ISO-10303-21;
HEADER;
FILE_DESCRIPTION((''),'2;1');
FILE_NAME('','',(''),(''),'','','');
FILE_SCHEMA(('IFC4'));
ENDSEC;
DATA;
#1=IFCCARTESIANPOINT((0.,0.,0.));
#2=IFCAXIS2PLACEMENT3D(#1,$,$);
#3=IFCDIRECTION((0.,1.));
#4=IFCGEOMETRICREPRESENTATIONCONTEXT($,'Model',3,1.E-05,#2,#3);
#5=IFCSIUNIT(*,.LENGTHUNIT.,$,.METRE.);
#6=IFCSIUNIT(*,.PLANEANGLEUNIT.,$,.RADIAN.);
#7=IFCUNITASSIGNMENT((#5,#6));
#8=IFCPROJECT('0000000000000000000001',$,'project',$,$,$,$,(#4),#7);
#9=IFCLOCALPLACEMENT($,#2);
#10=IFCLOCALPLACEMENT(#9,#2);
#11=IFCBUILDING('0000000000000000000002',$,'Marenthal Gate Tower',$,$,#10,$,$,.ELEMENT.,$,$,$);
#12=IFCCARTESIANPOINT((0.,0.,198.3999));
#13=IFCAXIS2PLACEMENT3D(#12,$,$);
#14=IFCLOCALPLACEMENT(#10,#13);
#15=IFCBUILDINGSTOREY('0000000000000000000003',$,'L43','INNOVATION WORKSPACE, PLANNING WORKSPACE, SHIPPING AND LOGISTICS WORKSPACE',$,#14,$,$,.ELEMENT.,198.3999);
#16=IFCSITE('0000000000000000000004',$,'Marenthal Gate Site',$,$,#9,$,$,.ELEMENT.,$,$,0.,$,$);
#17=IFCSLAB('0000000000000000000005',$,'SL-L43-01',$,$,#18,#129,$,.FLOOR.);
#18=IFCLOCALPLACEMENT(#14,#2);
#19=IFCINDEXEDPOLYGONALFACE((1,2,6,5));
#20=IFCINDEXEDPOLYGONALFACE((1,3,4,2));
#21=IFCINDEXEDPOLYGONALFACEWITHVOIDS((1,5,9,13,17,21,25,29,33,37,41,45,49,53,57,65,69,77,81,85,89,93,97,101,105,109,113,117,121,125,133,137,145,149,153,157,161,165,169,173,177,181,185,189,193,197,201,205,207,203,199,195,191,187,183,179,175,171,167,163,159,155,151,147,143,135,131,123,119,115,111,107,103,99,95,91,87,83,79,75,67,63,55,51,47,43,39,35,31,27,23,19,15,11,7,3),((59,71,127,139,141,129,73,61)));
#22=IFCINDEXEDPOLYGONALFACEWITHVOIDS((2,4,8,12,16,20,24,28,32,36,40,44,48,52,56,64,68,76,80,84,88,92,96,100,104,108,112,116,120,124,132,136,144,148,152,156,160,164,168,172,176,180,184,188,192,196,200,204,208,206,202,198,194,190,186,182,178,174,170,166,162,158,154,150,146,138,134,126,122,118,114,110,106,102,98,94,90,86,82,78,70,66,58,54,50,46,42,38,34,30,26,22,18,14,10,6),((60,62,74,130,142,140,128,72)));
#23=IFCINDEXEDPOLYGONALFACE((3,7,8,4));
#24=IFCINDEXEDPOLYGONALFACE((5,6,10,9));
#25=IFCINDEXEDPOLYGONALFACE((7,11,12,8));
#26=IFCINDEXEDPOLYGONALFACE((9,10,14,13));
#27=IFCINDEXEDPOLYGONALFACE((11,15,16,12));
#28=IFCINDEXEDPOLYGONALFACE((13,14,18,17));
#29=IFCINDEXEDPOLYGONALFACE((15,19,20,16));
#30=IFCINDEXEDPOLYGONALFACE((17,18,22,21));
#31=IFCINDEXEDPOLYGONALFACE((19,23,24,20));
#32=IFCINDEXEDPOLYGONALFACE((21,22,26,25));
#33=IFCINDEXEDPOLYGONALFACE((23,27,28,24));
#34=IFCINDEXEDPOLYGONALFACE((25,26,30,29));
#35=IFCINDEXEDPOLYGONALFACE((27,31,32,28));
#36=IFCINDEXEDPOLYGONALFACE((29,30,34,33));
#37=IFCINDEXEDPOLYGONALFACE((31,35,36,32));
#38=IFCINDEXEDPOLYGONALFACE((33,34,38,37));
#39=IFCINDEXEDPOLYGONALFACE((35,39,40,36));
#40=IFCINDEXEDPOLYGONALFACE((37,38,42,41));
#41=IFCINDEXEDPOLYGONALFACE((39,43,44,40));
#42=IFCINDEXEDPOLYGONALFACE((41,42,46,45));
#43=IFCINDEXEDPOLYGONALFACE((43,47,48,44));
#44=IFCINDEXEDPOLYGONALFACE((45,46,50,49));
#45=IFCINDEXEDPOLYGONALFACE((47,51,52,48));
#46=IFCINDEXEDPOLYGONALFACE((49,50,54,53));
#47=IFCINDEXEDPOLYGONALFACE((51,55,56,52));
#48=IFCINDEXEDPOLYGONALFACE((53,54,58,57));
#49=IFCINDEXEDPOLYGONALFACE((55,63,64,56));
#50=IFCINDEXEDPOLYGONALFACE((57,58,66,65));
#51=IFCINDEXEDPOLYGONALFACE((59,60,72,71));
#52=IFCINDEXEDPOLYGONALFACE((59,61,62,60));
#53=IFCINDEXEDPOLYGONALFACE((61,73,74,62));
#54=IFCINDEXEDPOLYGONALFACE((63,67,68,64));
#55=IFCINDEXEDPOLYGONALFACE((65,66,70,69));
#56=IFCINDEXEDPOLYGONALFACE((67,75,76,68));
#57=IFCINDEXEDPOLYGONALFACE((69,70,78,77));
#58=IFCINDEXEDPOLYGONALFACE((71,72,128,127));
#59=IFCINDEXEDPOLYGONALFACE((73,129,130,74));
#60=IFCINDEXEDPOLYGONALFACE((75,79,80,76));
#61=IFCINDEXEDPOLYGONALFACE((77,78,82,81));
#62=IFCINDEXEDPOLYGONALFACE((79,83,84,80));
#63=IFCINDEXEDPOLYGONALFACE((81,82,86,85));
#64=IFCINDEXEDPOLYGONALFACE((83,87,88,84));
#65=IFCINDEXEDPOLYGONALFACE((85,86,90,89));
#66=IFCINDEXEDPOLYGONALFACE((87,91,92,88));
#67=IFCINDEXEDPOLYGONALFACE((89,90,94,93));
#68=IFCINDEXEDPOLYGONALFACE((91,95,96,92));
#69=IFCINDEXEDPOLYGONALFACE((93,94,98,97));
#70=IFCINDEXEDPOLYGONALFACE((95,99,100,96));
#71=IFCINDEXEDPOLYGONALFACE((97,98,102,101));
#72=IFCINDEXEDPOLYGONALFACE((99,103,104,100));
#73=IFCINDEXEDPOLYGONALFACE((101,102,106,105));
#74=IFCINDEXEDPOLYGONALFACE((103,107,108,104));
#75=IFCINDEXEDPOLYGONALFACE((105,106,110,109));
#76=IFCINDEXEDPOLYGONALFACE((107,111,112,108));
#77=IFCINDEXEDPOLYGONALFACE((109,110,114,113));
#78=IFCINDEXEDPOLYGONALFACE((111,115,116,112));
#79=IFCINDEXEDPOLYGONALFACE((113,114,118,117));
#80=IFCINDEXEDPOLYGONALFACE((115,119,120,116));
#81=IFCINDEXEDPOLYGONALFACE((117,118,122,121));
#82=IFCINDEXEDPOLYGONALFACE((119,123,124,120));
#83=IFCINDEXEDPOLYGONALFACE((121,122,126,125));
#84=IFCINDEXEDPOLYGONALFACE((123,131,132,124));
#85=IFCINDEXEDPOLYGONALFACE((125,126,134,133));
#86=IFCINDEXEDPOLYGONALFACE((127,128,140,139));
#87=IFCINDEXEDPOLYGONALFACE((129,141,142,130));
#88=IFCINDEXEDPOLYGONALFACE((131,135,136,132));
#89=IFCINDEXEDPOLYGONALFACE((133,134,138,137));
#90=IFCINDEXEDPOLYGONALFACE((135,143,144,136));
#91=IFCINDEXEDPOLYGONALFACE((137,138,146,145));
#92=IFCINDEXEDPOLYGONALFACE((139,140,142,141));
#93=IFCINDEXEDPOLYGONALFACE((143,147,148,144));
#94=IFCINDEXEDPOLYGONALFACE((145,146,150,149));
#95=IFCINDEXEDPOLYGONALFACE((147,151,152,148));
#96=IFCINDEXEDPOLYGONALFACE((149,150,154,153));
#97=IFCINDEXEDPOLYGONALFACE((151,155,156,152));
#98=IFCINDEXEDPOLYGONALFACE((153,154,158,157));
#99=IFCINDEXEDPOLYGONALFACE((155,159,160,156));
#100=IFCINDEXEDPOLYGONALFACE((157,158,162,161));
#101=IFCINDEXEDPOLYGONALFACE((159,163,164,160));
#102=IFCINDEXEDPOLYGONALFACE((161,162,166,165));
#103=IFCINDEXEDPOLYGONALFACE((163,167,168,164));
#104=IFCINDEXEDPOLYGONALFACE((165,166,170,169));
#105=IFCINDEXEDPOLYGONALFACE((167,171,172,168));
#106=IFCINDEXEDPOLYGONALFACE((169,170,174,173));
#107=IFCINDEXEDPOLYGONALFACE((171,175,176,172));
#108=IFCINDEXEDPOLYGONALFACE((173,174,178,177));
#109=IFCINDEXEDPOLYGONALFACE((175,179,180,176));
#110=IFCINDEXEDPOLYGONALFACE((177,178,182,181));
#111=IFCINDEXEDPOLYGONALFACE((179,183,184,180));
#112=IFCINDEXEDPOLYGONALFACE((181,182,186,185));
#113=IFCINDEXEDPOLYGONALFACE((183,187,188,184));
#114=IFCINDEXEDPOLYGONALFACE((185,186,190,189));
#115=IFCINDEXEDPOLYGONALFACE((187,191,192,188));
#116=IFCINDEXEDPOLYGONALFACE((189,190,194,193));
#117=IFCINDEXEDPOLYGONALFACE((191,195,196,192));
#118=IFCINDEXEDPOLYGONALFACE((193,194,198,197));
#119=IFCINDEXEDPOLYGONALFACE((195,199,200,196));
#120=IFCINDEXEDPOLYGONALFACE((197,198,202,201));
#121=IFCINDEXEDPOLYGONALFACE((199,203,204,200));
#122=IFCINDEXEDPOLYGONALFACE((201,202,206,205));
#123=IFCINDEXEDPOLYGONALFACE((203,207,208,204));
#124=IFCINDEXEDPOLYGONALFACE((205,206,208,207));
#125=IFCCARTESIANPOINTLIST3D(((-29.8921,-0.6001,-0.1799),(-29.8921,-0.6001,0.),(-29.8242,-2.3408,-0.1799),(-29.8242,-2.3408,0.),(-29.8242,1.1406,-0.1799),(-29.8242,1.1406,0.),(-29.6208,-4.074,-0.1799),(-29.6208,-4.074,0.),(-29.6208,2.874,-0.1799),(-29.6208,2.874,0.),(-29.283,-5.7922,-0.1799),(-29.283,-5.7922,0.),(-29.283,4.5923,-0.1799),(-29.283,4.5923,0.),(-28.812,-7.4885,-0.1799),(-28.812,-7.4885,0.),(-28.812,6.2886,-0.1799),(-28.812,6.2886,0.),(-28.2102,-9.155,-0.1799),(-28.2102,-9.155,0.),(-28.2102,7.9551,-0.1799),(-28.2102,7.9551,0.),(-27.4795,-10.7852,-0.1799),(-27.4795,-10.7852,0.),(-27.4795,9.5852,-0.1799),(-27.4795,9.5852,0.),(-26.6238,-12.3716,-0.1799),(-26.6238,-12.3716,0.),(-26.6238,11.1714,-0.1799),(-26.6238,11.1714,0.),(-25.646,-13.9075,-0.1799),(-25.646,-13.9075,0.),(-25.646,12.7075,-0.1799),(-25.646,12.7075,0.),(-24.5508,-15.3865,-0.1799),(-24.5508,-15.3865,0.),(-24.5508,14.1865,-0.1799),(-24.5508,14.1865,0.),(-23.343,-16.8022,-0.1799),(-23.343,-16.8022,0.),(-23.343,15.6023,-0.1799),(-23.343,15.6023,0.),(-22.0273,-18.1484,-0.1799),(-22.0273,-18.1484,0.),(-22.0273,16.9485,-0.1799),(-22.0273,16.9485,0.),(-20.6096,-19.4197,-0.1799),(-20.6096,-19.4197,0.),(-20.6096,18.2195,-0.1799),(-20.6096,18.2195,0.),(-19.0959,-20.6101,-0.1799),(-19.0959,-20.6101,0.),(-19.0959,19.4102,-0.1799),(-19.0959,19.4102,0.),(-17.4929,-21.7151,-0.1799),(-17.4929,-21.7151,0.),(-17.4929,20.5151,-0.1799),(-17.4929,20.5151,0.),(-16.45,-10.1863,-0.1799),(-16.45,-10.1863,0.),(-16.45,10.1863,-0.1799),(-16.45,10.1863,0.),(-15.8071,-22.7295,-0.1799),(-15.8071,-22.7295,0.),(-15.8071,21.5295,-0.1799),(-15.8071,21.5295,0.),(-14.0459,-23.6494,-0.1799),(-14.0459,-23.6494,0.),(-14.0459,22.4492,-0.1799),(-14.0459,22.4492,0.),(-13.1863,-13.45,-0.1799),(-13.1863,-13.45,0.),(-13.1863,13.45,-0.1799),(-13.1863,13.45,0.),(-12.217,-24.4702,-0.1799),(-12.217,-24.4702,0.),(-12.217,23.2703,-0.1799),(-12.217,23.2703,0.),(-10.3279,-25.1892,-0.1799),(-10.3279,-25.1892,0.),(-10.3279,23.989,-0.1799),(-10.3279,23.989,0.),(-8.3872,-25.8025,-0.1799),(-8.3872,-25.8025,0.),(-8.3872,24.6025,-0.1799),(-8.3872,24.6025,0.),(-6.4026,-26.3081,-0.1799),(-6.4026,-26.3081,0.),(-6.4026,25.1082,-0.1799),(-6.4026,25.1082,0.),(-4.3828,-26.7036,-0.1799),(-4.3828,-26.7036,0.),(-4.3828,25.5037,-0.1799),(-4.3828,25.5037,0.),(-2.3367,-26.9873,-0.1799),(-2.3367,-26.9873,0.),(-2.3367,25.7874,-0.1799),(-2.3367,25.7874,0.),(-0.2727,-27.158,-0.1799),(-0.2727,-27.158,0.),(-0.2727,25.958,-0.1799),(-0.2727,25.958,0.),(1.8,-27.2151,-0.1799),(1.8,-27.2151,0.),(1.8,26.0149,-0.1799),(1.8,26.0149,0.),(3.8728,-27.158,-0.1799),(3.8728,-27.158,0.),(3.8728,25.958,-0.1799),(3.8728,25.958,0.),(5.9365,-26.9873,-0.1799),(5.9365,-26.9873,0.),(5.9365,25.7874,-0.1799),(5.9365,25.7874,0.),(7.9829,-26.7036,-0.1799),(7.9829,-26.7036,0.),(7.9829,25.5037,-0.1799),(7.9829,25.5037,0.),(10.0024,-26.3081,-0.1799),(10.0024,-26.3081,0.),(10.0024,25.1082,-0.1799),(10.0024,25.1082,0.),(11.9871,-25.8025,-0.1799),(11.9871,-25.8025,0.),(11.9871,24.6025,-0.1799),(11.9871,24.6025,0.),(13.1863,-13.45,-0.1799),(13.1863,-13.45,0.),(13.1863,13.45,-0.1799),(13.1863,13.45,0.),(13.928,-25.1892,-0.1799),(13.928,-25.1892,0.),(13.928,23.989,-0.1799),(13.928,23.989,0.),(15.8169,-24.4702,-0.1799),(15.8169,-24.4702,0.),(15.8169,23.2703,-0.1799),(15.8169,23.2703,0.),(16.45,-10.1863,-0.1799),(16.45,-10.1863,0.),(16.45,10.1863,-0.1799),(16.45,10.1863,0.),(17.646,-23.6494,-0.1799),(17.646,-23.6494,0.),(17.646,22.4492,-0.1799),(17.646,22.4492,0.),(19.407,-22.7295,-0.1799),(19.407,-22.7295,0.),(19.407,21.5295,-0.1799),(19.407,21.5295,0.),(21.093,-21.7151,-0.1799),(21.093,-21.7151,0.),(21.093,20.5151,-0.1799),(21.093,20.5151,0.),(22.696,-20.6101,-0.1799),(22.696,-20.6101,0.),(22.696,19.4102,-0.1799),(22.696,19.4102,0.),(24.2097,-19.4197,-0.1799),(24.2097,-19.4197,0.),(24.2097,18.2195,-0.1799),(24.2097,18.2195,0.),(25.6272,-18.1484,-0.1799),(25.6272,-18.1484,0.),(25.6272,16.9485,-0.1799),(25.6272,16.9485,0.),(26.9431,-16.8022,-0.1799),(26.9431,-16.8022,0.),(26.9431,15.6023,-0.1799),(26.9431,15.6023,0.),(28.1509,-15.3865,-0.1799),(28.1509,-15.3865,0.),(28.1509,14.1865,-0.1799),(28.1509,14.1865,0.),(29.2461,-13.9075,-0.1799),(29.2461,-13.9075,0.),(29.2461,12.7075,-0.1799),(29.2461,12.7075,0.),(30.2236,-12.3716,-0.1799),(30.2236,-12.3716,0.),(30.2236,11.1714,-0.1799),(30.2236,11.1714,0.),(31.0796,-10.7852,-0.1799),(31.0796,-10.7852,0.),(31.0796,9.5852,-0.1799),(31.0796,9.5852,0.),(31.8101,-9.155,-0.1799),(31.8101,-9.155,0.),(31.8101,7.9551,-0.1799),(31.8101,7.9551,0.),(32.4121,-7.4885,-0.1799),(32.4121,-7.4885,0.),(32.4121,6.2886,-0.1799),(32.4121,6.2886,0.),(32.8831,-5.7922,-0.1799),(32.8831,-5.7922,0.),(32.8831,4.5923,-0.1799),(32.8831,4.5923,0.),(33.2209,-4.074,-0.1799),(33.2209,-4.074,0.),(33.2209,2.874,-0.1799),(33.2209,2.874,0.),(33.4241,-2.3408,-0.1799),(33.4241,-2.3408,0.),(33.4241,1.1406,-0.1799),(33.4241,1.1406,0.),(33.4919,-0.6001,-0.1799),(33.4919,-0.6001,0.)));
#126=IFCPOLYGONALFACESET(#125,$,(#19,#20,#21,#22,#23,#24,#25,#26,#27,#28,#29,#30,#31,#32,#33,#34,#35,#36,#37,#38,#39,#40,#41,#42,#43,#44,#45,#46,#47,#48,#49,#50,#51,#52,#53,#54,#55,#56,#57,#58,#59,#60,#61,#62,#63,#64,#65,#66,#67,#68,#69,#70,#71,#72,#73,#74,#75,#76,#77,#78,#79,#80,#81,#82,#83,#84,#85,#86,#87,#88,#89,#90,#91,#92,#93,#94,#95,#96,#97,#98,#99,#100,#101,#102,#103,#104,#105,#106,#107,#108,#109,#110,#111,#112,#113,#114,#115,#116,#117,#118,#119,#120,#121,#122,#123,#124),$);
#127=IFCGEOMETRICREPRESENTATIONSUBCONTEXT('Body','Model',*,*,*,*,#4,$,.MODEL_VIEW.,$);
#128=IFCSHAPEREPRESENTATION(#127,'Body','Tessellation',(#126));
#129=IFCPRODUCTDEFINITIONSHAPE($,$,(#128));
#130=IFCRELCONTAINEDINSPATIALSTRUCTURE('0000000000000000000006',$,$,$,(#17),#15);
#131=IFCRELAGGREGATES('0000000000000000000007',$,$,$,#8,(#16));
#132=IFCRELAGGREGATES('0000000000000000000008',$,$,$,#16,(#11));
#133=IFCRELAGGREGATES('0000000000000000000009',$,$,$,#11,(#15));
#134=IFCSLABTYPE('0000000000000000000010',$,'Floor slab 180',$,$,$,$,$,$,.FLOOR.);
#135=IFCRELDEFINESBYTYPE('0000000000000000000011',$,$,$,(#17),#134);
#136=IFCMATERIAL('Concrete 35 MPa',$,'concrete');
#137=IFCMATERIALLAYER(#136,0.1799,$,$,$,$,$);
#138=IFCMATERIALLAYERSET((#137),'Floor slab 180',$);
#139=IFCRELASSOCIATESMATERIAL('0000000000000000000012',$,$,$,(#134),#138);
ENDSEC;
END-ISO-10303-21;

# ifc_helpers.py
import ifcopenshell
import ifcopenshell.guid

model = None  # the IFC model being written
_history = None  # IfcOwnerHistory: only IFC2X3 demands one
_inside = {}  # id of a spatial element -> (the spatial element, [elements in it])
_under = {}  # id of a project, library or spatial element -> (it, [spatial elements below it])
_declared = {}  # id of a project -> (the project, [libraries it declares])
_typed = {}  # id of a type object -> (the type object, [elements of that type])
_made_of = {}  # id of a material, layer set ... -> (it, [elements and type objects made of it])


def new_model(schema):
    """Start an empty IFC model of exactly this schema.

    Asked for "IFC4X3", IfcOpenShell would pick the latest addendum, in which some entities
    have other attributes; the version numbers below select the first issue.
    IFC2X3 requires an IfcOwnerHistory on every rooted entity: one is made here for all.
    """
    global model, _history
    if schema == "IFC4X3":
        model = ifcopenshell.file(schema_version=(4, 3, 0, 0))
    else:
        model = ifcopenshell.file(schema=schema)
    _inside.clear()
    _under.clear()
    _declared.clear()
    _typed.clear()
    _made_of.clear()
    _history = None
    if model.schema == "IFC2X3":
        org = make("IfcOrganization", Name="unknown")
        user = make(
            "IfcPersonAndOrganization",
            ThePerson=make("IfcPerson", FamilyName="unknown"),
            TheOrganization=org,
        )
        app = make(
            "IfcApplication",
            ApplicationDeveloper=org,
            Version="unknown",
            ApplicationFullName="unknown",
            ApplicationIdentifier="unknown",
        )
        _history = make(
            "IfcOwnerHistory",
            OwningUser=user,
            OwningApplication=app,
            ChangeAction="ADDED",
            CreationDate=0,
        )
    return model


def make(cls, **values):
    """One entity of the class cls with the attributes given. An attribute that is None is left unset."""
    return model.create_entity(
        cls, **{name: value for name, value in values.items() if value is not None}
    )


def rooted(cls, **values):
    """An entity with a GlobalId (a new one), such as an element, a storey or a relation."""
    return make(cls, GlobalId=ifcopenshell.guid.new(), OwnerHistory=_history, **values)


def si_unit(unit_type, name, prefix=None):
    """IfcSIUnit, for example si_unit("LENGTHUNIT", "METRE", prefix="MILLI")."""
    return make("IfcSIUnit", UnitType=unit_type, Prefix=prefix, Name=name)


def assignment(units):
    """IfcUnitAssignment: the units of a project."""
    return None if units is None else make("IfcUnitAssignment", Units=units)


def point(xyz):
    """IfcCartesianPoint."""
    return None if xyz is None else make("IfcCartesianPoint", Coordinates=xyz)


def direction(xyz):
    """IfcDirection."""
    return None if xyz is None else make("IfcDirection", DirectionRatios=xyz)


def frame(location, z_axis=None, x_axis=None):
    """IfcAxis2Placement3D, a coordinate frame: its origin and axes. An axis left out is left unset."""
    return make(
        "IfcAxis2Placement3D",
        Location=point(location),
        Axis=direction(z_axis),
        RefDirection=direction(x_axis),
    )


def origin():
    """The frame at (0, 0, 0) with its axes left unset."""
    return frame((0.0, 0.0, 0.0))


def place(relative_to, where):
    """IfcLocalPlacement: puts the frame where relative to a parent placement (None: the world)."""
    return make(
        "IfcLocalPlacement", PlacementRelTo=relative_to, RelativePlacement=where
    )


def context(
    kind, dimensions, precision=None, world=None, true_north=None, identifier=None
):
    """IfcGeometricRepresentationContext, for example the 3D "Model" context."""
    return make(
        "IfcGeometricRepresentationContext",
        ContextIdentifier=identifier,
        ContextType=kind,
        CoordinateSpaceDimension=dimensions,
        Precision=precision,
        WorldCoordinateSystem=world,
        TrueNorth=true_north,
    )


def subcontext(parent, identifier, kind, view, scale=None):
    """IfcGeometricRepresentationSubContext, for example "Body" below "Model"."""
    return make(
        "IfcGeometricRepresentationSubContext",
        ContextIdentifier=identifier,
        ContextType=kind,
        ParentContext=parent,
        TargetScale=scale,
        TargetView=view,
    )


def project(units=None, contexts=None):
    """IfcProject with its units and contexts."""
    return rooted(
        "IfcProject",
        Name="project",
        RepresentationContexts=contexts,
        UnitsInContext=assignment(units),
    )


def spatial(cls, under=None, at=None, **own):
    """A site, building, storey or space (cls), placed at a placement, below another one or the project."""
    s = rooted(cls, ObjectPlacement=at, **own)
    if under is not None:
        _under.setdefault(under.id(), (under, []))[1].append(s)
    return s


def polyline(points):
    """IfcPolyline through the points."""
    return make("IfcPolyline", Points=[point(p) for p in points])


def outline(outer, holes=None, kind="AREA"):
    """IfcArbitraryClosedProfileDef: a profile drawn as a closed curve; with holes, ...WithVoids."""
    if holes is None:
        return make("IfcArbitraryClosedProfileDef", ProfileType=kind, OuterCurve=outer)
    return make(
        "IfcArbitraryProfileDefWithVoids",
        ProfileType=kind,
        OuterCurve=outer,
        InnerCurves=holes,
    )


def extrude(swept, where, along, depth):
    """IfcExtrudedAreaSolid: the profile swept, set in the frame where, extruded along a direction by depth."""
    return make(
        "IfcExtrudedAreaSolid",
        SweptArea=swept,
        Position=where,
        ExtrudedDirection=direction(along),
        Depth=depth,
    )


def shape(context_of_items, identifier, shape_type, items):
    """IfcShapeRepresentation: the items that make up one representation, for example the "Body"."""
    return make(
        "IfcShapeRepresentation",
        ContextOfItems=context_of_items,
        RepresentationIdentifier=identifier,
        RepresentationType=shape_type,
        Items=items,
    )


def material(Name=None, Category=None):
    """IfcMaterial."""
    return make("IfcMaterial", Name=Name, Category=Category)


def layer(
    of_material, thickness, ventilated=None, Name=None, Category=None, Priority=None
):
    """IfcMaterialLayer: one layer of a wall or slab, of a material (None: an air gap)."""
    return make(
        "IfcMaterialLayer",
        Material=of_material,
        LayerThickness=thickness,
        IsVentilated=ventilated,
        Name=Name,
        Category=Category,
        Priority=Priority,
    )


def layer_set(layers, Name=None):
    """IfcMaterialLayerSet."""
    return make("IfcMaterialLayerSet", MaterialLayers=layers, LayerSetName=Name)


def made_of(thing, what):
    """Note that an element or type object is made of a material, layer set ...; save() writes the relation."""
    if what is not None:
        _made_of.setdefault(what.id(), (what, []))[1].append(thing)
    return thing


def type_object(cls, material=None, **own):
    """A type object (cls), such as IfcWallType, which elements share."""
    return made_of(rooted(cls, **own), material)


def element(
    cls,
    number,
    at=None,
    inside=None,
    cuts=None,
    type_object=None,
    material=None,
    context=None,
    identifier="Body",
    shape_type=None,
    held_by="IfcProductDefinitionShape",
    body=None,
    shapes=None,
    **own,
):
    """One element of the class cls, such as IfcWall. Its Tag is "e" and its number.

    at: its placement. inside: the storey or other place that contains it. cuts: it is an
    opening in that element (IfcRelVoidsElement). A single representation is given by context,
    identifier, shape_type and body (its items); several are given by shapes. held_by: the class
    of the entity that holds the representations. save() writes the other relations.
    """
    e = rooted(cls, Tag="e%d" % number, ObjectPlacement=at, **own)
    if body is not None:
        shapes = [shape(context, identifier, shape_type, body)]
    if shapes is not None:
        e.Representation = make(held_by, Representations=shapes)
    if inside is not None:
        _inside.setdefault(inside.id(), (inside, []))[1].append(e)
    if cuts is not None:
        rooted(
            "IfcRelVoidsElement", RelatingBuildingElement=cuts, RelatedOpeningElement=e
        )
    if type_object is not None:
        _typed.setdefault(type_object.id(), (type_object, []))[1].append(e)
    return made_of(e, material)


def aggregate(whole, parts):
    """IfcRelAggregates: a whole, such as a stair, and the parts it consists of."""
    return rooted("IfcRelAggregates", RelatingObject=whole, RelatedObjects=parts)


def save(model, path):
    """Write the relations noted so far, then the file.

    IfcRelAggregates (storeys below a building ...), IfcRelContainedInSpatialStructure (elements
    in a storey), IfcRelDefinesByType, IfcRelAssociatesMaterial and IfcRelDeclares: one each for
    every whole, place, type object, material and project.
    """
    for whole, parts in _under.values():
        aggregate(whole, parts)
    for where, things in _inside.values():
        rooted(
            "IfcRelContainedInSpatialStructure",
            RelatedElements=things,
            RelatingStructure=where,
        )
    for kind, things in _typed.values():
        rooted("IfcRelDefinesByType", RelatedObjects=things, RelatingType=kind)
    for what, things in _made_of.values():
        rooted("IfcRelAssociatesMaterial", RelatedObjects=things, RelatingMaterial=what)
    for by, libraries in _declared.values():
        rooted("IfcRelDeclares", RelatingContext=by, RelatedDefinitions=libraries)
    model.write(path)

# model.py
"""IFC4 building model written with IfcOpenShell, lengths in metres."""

from ifc_helpers import new_model, si_unit, direction, frame, origin, place, context, subcontext, project, spatial, polyline, outline, extrude, material, layer, layer_set, type_object, element, save


model = new_model("IFC4")

# Units and contexts
model_context = context("Model", 3, precision=1e-05, world=origin(), true_north=direction((0.0, 1.0)))
body_context = subcontext(model_context, "Body", "Model", "MODEL_VIEW")
ifc_project = project(units=[si_unit("LENGTHUNIT", "METRE"), si_unit("PLANEANGLEUNIT", "RADIAN")], contexts=[model_context])

# Site, building, storey
site_placement = place(None, origin())
site = spatial("IfcSite", under=ifc_project, at=site_placement, Name="Marenthal Gate Site", CompositionType="ELEMENT", RefElevation=0.0)
building_placement = place(site_placement, origin())
building = spatial("IfcBuilding", under=site, at=building_placement, Name="Marenthal Gate Tower", CompositionType="ELEMENT")
storey_placement = place(building_placement, frame((0.0, 0.0, 198.3999)))
storey = spatial("IfcBuildingStorey", under=building, at=storey_placement, Name="L43", Description="INNOVATION WORKSPACE, PLANNING WORKSPACE, SHIPPING AND LOGISTICS WORKSPACE", CompositionType="ELEMENT", Elevation=198.3999)

# Slab
ifc_material_1 = material(Name="Concrete 35 MPa", Category="concrete")
ifc_layer_1 = layer(ifc_material_1, 0.1799)
ifc_layer_set_1 = layer_set([ifc_layer_1], Name="Floor slab 180")
slab_type = type_object("IfcSlabType", Name="Floor slab 180", PredefinedType="FLOOR", material=ifc_layer_set_1)
slab_placement = place(storey_placement, frame((0.0, 0.0, -0.1799)))
element("IfcSlab", 1, at=slab_placement, inside=storey, type_object=slab_type, Name="SL-L43-01", PredefinedType="FLOOR", context=body_context, shape_type="SweptSolid", body=[
    extrude(outline(polyline([(33.4919, -0.6001), (33.4241, 1.1406), (33.2209, 2.874), (32.8831, 4.5923), (32.4121, 6.2886), (31.8101, 7.9551), (31.0796, 9.5852), (30.2236, 11.1714), (29.2461, 12.7075), (28.1509, 14.1865), (26.9431, 15.6023), (25.6272, 16.9485), (24.2097, 18.2195), (22.696, 19.4102), (21.093, 20.5151), (19.407, 21.5295), (17.646, 22.4492), (15.8169, 23.2703), (13.928, 23.989), (11.9871, 24.6025), (10.0024, 25.1082), (7.9829, 25.5037), (5.9365, 25.7874), (3.8728, 25.958), (1.8, 26.0149), (-0.2727, 25.958), (-2.3367, 25.7874), (-4.3828, 25.5037), (-6.4026, 25.1082), (-8.3872, 24.6025), (-10.3279, 23.989), (-12.217, 23.2703), (-14.0459, 22.4492), (-15.8071, 21.5295), (-17.4929, 20.5151), (-19.0959, 19.4102), (-20.6096, 18.2195), (-22.0273, 16.9485), (-23.343, 15.6023), (-24.5508, 14.1865), (-25.646, 12.7075), (-26.6238, 11.1714), (-27.4795, 9.5852), (-28.2102, 7.9551), (-28.812, 6.2886), (-29.283, 4.5923), (-29.6208, 2.874), (-29.8242, 1.1406), (-29.8921, -0.6001), (-29.8242, -2.3408), (-29.6208, -4.074), (-29.283, -5.7922), (-28.812, -7.4885), (-28.2102, -9.155), (-27.4795, -10.7852), (-26.6238, -12.3716), (-25.646, -13.9075), (-24.5508, -15.3865), (-23.343, -16.8022), (-22.0273, -18.1484), (-20.6096, -19.4197), (-19.0959, -20.6101), (-17.4929, -21.7151), (-15.8071, -22.7295), (-14.0459, -23.6494), (-12.217, -24.4702), (-10.3279, -25.1892), (-8.3872, -25.8025), (-6.4026, -26.3081), (-4.3828, -26.7036), (-2.3367, -26.9873), (-0.2727, -27.158), (1.8, -27.2151), (3.8728, -27.158), (5.9365, -26.9873), (7.9829, -26.7036), (10.0024, -26.3081), (11.9871, -25.8025), (13.928, -25.1892), (15.8169, -24.4702), (17.646, -23.6494), (19.407, -22.7295), (21.093, -21.7151), (22.696, -20.6101), (24.2097, -19.4197), (25.6272, -18.1484), (26.9431, -16.8022), (28.1509, -15.3865), (29.2461, -13.9075), (30.2236, -12.3716), (31.0796, -10.7852), (31.8101, -9.155), (32.4121, -7.4885), (32.8831, -5.7922), (33.2209, -4.074), (33.4241, -2.3408), (33.4919, -0.6001)]), holes=[polyline([(13.1863, -13.45), (16.45, -10.1863), (16.45, 10.1863), (13.1863, 13.45), (-13.1863, 13.45), (-16.45, 10.1863), (-16.45, -10.1863), (-13.1863, -13.45), (13.1863, -13.45)])]), origin(), (0.0, 0.0, 1.0), 0.1799),
])

save(model, "model.ifc")
